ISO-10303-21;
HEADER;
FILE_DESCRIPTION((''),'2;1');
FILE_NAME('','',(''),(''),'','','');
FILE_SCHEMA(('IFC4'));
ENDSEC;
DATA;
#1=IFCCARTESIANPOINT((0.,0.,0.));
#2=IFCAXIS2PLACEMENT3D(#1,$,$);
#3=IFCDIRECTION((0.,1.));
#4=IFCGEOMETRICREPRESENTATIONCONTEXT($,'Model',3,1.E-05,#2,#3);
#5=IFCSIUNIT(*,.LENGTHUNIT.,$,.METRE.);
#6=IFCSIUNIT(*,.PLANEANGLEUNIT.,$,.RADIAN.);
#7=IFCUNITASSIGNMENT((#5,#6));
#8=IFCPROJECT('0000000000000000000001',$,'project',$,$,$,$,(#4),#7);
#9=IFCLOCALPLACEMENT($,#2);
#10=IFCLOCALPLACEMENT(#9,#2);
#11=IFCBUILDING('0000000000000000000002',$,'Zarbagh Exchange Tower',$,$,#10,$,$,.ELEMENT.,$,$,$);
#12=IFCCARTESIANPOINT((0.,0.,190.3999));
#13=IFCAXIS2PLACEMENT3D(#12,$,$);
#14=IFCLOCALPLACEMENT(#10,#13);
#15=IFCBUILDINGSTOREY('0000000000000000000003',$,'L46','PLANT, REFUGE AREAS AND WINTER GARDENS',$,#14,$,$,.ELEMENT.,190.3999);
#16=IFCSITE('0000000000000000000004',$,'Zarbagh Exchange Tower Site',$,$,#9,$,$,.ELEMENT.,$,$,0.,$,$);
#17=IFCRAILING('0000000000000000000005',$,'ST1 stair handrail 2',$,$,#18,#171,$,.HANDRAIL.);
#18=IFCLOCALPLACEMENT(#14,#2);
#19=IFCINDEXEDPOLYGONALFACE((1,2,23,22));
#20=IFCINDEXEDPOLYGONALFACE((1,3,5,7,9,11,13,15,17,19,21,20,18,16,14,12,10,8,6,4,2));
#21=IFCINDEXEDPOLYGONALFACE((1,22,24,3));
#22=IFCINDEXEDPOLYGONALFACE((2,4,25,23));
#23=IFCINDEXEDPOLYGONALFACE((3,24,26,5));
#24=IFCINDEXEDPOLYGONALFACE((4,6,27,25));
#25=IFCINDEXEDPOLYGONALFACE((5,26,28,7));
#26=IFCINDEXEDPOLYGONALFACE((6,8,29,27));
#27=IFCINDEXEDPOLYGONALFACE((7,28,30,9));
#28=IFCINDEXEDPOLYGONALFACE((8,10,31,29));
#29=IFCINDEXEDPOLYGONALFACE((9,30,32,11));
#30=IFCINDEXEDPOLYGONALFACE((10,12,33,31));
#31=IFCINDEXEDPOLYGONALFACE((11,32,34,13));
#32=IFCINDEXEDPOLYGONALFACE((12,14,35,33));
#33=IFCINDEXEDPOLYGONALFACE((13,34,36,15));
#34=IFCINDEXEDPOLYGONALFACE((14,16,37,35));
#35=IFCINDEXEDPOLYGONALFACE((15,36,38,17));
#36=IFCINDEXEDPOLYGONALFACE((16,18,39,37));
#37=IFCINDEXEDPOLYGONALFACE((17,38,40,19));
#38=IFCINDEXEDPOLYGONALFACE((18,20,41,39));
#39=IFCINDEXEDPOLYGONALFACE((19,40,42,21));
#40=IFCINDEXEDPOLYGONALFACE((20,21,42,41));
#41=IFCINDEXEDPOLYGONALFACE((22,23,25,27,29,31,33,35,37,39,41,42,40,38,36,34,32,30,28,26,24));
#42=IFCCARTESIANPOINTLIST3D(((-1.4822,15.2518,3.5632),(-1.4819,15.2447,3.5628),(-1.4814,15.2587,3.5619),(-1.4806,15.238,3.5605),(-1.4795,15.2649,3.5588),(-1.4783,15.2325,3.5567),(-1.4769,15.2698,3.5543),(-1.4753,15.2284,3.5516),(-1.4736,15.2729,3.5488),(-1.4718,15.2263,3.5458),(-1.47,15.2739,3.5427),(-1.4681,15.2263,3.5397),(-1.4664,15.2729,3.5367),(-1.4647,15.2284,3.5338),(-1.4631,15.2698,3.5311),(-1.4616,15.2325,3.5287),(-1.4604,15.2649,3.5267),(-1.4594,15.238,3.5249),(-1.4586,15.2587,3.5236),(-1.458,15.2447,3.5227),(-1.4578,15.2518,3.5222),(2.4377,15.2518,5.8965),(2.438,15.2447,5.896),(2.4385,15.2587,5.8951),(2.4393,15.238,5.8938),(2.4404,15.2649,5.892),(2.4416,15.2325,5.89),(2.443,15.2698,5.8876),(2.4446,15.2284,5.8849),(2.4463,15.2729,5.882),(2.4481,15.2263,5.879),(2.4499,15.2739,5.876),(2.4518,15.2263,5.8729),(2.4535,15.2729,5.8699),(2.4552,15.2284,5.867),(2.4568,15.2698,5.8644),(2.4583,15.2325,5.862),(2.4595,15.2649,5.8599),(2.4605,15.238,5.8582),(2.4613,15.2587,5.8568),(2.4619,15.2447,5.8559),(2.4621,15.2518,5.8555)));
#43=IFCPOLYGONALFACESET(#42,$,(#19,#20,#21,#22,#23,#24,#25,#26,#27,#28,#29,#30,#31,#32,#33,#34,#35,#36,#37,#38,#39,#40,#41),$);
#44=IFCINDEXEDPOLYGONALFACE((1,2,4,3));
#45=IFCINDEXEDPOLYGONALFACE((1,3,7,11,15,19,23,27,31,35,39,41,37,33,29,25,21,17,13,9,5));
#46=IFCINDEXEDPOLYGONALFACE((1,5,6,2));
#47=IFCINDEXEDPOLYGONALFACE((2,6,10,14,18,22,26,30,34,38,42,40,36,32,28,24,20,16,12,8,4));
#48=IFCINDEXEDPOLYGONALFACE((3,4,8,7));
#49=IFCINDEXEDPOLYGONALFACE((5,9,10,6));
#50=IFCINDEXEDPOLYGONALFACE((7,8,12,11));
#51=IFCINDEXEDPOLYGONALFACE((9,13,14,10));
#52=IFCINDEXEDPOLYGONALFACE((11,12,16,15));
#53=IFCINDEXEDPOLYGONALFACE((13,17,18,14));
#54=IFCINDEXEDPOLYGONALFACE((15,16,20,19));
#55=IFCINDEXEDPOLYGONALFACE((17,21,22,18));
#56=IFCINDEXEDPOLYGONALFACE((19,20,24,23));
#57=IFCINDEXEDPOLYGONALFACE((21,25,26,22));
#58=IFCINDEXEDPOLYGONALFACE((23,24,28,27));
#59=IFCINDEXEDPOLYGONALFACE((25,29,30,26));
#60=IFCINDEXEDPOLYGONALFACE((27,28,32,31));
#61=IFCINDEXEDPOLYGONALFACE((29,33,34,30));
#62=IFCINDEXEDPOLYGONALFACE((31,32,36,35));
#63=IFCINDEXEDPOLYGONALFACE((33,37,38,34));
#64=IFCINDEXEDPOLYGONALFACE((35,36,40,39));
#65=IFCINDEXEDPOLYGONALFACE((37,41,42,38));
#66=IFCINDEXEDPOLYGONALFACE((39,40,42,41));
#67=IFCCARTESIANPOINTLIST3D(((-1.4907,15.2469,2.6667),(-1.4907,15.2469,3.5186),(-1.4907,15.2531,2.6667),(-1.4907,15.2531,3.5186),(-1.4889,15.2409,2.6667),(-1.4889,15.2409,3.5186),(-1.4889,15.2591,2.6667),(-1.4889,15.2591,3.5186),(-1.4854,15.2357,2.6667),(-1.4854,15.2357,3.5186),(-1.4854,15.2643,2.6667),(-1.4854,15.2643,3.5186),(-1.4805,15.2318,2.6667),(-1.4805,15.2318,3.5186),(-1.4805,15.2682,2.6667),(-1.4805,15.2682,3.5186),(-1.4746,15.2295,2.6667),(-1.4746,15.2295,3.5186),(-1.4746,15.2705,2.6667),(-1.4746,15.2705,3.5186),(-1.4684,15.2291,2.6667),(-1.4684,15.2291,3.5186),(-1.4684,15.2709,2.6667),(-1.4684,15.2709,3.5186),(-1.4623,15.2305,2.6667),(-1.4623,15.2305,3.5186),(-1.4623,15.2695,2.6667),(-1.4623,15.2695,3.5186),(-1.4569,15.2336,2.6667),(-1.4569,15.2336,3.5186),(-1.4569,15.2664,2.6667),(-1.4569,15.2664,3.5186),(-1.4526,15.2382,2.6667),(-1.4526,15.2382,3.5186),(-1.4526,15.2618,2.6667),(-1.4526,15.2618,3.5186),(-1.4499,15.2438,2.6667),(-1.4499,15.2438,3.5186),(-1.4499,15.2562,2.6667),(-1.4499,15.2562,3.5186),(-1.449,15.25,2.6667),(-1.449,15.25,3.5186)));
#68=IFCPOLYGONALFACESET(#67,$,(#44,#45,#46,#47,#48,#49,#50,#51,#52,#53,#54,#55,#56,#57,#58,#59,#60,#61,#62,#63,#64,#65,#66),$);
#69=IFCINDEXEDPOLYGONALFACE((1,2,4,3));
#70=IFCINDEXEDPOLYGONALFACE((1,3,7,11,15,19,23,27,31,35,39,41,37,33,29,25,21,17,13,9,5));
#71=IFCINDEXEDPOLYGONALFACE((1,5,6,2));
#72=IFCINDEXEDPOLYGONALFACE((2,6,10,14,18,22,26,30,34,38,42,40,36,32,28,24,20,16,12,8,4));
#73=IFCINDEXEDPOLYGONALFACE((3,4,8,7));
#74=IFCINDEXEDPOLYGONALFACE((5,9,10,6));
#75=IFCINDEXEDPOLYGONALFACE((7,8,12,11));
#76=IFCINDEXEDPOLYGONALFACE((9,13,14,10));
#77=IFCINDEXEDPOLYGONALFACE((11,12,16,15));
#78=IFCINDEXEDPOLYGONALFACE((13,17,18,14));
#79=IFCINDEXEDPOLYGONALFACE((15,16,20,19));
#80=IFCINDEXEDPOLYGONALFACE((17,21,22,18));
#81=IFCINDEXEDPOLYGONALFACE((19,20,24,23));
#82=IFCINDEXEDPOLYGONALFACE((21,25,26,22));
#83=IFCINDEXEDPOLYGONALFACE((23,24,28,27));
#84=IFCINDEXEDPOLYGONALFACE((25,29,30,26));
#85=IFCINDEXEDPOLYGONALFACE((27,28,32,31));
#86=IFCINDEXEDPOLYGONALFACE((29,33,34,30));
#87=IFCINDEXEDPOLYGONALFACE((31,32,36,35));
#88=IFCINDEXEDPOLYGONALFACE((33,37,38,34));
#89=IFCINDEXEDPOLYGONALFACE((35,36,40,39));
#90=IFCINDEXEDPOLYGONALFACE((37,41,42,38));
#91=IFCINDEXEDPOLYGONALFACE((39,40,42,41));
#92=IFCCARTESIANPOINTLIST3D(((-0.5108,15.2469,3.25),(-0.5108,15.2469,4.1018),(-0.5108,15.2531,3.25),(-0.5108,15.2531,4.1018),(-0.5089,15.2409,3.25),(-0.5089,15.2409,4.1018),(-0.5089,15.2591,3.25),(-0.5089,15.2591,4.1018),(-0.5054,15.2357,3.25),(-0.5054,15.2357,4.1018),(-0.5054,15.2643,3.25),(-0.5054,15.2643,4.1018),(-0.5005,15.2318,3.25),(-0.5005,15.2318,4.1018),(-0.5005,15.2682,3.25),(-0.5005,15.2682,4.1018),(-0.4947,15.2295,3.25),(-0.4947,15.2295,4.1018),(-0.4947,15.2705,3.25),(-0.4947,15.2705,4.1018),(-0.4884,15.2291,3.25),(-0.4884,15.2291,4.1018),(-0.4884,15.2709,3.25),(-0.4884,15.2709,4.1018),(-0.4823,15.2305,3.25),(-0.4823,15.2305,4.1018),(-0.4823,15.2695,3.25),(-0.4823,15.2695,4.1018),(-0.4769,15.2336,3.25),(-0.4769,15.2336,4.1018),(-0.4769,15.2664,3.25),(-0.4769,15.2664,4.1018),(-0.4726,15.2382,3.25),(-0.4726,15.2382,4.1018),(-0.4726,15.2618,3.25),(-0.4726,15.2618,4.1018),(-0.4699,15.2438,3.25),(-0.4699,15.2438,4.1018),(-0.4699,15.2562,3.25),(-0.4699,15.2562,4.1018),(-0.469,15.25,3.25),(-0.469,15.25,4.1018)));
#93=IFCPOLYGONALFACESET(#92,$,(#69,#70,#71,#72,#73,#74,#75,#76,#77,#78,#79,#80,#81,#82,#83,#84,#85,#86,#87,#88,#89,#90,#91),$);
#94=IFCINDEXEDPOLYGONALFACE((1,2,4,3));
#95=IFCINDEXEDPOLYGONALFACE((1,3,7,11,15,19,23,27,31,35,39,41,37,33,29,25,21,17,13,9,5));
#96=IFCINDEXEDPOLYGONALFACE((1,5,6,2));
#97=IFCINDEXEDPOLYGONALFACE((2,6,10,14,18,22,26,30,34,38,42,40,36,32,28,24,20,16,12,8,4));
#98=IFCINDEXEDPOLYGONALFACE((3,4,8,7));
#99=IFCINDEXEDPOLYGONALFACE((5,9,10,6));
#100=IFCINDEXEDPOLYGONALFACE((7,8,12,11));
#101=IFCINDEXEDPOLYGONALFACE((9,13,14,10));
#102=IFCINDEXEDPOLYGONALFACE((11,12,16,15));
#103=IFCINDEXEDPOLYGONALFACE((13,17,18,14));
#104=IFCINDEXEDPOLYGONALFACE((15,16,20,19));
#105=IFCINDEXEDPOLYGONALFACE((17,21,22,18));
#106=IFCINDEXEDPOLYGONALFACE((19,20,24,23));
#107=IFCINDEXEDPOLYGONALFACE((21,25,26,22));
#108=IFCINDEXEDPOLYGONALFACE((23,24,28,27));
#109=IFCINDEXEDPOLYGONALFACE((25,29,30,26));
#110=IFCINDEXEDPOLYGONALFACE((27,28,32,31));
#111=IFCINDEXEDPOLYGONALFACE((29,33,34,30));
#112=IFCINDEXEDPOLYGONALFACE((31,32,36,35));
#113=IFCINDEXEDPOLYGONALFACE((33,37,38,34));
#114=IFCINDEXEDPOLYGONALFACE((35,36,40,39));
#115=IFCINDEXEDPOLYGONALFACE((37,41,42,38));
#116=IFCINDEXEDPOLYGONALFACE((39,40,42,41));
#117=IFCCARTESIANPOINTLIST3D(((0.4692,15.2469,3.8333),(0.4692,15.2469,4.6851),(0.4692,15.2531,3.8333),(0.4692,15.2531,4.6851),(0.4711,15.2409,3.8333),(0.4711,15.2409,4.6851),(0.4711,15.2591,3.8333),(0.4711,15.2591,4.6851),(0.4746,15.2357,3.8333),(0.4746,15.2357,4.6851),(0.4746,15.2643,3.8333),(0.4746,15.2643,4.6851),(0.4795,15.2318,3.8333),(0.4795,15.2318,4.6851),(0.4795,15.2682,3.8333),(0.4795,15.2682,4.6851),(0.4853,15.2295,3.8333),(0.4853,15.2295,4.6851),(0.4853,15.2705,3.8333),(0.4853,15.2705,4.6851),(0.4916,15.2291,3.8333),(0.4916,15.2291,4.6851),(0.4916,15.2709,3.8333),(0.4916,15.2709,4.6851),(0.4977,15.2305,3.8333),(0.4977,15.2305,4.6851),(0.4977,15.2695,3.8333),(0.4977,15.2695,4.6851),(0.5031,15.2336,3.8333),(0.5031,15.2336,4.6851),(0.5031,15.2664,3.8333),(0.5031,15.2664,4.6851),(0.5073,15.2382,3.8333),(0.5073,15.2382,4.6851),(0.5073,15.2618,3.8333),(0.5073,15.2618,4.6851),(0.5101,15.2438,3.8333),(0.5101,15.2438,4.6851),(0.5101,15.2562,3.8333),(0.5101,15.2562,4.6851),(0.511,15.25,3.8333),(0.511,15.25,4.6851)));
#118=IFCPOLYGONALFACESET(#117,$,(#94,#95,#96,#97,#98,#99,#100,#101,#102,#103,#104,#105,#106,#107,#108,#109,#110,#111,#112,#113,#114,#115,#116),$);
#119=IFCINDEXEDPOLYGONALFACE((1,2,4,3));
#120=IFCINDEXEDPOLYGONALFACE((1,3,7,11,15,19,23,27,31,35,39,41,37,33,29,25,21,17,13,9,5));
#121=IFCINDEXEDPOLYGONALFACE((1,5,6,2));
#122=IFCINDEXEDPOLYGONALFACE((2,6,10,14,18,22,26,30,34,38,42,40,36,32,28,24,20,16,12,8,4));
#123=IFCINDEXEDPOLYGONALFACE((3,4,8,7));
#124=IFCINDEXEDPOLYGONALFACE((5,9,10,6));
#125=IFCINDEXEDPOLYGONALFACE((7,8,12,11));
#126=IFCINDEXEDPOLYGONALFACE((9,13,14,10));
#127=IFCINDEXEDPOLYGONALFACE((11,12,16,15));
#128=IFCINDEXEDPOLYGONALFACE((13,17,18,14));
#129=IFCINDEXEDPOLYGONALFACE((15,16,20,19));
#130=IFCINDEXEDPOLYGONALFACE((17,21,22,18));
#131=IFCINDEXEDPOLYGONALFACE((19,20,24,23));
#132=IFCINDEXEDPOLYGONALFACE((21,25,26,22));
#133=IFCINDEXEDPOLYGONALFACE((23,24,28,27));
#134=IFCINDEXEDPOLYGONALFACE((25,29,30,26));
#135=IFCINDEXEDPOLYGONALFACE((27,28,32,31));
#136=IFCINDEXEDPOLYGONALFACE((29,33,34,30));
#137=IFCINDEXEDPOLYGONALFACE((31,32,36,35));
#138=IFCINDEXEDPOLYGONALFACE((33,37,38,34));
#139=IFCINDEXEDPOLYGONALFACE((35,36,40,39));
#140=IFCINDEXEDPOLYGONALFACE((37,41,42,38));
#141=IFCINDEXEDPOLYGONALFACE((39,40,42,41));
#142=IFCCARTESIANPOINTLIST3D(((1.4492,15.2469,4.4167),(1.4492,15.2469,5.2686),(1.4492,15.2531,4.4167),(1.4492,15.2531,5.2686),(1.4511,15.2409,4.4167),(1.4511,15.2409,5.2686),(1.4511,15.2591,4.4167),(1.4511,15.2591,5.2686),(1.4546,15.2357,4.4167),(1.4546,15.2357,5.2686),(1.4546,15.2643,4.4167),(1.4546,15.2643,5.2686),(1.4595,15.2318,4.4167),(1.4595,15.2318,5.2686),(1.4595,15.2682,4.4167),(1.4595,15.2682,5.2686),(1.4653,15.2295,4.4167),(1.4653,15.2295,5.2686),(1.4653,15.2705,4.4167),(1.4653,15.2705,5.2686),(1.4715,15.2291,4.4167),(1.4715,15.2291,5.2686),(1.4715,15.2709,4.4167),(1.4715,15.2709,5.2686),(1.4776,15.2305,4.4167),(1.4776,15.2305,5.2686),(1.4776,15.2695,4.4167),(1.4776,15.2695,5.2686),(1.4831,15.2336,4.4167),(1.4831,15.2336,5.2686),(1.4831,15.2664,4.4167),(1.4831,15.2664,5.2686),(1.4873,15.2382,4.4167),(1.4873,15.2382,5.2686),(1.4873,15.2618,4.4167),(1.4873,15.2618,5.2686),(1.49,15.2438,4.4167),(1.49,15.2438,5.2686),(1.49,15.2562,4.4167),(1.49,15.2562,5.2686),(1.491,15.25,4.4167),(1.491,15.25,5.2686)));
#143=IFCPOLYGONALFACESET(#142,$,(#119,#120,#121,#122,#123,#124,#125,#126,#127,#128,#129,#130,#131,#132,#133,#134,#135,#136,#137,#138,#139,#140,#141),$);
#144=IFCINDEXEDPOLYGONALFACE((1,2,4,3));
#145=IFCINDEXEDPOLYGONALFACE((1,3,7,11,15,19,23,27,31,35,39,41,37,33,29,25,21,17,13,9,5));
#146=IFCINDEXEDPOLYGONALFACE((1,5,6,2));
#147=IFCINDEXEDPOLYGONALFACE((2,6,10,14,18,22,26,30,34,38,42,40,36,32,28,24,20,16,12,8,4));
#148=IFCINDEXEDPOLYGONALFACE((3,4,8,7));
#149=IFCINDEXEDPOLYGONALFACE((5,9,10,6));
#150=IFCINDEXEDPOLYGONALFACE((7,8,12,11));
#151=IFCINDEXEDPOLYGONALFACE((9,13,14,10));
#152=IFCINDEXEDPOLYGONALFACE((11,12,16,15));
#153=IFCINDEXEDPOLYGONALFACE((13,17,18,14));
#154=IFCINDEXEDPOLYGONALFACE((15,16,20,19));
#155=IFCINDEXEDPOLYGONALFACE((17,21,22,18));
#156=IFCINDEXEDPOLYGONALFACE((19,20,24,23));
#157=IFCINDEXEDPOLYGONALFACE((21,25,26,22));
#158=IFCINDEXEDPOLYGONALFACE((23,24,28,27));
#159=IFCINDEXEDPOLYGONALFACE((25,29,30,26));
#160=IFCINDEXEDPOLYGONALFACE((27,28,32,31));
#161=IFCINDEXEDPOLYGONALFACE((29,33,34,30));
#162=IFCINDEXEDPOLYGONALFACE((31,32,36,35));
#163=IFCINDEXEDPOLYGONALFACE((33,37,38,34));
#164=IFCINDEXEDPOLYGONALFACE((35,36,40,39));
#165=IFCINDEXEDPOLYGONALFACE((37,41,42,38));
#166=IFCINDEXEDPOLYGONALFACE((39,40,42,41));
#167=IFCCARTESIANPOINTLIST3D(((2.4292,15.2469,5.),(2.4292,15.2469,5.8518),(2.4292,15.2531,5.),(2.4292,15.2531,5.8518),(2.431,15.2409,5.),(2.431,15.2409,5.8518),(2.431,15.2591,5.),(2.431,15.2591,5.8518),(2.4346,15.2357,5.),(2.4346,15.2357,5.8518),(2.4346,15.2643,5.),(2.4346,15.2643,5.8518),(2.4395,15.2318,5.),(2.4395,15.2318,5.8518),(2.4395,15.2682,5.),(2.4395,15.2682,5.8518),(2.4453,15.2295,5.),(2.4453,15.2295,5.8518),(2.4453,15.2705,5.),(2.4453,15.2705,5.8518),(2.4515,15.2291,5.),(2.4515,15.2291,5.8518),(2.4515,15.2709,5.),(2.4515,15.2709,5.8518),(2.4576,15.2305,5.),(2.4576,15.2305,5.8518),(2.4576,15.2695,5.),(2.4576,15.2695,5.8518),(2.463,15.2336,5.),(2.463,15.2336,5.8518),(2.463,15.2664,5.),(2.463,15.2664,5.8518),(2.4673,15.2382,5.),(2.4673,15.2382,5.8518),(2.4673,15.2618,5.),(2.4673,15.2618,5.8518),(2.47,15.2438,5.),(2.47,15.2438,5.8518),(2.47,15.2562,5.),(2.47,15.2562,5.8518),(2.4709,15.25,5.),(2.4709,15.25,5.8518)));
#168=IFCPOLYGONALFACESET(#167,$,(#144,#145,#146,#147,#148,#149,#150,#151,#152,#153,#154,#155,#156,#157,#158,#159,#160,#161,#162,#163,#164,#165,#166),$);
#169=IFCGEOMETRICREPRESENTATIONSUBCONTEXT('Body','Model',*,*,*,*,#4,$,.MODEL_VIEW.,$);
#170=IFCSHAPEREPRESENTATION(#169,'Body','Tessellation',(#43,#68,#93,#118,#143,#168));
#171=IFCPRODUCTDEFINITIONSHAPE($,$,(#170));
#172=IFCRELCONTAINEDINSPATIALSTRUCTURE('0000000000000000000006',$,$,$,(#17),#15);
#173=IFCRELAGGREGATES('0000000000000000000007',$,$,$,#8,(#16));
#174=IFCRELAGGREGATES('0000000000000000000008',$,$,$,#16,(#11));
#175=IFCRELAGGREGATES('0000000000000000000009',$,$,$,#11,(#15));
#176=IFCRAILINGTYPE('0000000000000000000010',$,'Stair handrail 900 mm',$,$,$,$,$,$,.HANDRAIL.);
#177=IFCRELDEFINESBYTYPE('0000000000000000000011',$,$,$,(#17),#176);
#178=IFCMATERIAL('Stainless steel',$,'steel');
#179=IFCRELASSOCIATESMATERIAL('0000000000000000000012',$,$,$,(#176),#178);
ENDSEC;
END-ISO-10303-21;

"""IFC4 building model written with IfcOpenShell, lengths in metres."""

from ifc_helpers import new_model, si_unit, direction, frame, origin, origin_2d, place, context, subcontext, project, spatial, circle, extrude, material, type_object, element, save


model = new_model("IFC4")

# Units and contexts
model_context = context("Model", 3, precision=1e-05, world=origin(), true_north=direction((0.0, 1.0)))
body_context = subcontext(model_context, "Body", "Model", "MODEL_VIEW")
ifc_project = project(units=[si_unit("LENGTHUNIT", "METRE"), si_unit("PLANEANGLEUNIT", "RADIAN")], contexts=[model_context])

# Site, building, storey
site_placement = place(None, origin())
site = spatial("IfcSite", under=ifc_project, at=site_placement, Name="Zarbagh Exchange Tower Site", CompositionType="ELEMENT", RefElevation=0.0)
building_placement = place(site_placement, origin())
building = spatial("IfcBuilding", under=site, at=building_placement, Name="Zarbagh Exchange Tower", CompositionType="ELEMENT")
storey_placement = place(building_placement, frame((0.0, 0.0, 190.3999)))
storey = spatial("IfcBuildingStorey", under=building, at=storey_placement, Name="L46", Description="PLANT, REFUGE AREAS AND WINTER GARDENS", CompositionType="ELEMENT", Elevation=190.3999)

# Railing
ifc_material_1 = material(Name="Stainless steel", Category="steel")
railing_type_1 = type_object("IfcRailingType", Name="Stair handrail 900 mm", PredefinedType="HANDRAIL", material=ifc_material_1)
railing_1_placement = place(storey_placement, frame((-1.47, 15.25, 2.6667)))
element("IfcRailing", 1, at=railing_1_placement, inside=storey, type_object=railing_type_1, Name="ST1 stair handrail 2", PredefinedType="HANDRAIL", context=body_context, shape_type="SweptSolid", body=[
    extrude(circle(Radius=0.0239, at=origin_2d()), frame((0.0, 0.0, 0.876), z_axis=(0.859296, 0.0, 0.511478), x_axis=(0.0, 1.0, 0.0)), (0.0, 0.0, 1.0), 4.5618),
    extrude(circle(Radius=0.021, at=origin_2d()), origin(), (0.0, 0.0, 1.0), 0.8518),
    extrude(circle(Radius=0.021, at=origin_2d()), frame((0.98, 0.0, 0.5833)), (0.0, 0.0, 1.0), 0.8518),
    extrude(circle(Radius=0.021, at=origin_2d()), frame((1.96, 0.0, 1.1665)), (0.0, 0.0, 1.0), 0.8518),
    extrude(circle(Radius=0.021, at=origin_2d()), frame((2.9399, 0.0, 1.75)), (0.0, 0.0, 1.0), 0.8518),
    extrude(circle(Radius=0.021, at=origin_2d()), frame((3.9199, 0.0, 2.3333)), (0.0, 0.0, 1.0), 0.8518),
])

save(model, "model.ifc")
